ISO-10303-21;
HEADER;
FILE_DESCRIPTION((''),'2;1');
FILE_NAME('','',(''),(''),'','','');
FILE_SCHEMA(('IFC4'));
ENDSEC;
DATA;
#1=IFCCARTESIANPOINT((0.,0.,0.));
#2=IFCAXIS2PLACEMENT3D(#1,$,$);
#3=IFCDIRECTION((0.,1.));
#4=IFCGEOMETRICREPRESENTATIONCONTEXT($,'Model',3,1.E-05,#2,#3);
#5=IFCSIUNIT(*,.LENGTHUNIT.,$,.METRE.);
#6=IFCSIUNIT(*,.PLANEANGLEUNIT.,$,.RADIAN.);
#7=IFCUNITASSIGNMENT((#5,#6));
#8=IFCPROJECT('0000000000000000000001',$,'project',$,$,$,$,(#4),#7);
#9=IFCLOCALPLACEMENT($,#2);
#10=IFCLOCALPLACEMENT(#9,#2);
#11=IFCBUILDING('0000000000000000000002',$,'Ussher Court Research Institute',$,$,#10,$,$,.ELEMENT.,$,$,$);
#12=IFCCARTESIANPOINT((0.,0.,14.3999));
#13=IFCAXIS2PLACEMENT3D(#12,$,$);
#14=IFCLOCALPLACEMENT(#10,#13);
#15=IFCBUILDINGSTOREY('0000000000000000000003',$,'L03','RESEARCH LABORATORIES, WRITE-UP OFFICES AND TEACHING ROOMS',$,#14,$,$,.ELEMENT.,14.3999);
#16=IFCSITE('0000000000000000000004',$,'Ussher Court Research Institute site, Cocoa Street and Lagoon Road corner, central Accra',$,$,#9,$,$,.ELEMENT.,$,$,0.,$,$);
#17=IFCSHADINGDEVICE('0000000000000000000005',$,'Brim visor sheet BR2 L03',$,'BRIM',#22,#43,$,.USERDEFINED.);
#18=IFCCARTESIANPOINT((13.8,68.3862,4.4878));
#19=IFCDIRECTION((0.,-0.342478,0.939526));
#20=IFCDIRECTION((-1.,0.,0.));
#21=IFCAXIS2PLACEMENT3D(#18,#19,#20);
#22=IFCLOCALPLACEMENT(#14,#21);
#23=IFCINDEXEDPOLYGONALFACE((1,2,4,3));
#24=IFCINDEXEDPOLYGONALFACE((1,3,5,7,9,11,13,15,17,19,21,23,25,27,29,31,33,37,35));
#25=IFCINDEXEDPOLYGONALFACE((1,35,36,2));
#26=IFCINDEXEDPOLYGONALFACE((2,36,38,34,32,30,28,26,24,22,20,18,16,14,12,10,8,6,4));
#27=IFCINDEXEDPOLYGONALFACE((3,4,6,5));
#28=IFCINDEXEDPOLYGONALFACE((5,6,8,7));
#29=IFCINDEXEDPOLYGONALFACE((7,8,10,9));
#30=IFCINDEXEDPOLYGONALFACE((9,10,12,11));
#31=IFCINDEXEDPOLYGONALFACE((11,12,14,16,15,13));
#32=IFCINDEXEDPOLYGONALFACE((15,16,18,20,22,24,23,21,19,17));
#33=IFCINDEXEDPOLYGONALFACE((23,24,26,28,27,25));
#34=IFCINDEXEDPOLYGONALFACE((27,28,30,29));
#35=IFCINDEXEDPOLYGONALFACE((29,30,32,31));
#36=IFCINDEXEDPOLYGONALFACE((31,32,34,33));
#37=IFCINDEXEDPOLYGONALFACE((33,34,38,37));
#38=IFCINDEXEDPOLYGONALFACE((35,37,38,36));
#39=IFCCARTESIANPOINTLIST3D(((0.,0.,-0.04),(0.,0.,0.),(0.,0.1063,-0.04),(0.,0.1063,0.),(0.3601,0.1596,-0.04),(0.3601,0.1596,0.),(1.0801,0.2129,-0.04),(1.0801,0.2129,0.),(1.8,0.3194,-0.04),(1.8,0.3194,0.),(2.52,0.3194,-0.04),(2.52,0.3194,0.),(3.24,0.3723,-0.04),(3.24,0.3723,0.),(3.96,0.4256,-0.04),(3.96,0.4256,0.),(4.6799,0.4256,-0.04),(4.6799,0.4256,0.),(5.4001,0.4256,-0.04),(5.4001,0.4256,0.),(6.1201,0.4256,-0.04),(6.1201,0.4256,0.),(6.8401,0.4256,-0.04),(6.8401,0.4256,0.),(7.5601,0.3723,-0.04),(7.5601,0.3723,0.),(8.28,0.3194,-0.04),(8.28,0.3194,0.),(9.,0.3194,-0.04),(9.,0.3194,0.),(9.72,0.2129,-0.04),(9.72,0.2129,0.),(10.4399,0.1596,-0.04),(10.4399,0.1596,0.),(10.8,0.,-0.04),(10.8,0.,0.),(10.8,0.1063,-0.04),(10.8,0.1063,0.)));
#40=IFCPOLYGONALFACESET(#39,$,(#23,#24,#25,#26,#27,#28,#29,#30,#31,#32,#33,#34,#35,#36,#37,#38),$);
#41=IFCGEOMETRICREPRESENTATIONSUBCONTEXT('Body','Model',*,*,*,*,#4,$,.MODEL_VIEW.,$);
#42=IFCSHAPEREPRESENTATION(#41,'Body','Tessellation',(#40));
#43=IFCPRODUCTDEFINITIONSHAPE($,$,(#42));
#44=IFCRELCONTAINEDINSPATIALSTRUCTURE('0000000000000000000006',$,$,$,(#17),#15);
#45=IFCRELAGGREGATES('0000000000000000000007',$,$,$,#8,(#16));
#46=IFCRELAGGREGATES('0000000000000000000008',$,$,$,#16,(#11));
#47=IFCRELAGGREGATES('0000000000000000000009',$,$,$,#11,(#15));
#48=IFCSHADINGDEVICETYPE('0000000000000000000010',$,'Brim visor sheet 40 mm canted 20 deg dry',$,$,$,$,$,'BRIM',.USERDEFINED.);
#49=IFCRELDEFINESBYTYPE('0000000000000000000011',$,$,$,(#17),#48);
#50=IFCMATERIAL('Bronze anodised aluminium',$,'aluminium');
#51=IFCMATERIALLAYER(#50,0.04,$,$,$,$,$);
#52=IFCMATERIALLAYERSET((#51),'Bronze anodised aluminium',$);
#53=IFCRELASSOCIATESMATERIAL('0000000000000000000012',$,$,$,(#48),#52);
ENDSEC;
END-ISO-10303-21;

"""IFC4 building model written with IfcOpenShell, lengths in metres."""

from ifc_helpers import new_model, si_unit, direction, frame, origin, place, context, subcontext, project, spatial, polyline, outline, extrude, material, layer, layer_set, type_object, element, save


model = new_model("IFC4")

# Units and contexts
model_context = context("Model", 3, precision=1e-05, world=origin(), true_north=direction((0.0, 1.0)))
body_context = subcontext(model_context, "Body", "Model", "MODEL_VIEW")
ifc_project = project(units=[si_unit("LENGTHUNIT", "METRE"), si_unit("PLANEANGLEUNIT", "RADIAN")], contexts=[model_context])

# Site, building, storey
site_placement = place(None, origin())
site = spatial("IfcSite", under=ifc_project, at=site_placement, Name="Ussher Court Research Institute site, Cocoa Street and Lagoon Road corner, central Accra", CompositionType="ELEMENT", RefElevation=0.0)
building_placement = place(site_placement, origin())
building = spatial("IfcBuilding", under=site, at=building_placement, Name="Ussher Court Research Institute", CompositionType="ELEMENT")
storey_placement = place(building_placement, frame((0.0, 0.0, 14.3999)))
storey = spatial("IfcBuildingStorey", under=building, at=storey_placement, Name="L03", Description="RESEARCH LABORATORIES, WRITE-UP OFFICES AND TEACHING ROOMS", CompositionType="ELEMENT", Elevation=14.3999)

# Shading device
ifc_material_1 = material(Name="Bronze anodised aluminium", Category="aluminium")
ifc_layer_1 = layer(ifc_material_1, 0.04)
ifc_layer_set_1 = layer_set([ifc_layer_1], Name="Bronze anodised aluminium")
shading_device_type_1 = type_object("IfcShadingDeviceType", Name="Brim visor sheet 40 mm canted 20 deg dry", ElementType="BRIM", PredefinedType="USERDEFINED", material=ifc_layer_set_1)
shading_device_1_placement = place(storey_placement, frame((13.8, 68.3862, 4.4878), z_axis=(0.0, -0.342478, 0.939526), x_axis=(-1.0, 0.0, 0.0)))
element("IfcShadingDevice", 1, at=shading_device_1_placement, inside=storey, type_object=shading_device_type_1, Name="Brim visor sheet BR2 L03", ObjectType="BRIM", PredefinedType="USERDEFINED", context=body_context, shape_type="SweptSolid", body=[
    extrude(outline(polyline([(0.0, 0.0), (10.8, 0.0), (10.8, 0.1063), (10.4399, 0.1596), (9.72, 0.2129), (9.0, 0.3194), (8.28, 0.3194), (7.5601, 0.3723), (6.8401, 0.4256), (6.1201, 0.4256), (5.4001, 0.4256), (4.6799, 0.4256), (3.96, 0.4256), (3.24, 0.3723), (2.52, 0.3194), (1.8, 0.3194), (1.0801, 0.2129), (0.3601, 0.1596), (0.0, 0.1063), (0.0, 0.0)])), origin(), (0.0, 0.0, -1.0), 0.04),
])

save(model, "model.ifc")
